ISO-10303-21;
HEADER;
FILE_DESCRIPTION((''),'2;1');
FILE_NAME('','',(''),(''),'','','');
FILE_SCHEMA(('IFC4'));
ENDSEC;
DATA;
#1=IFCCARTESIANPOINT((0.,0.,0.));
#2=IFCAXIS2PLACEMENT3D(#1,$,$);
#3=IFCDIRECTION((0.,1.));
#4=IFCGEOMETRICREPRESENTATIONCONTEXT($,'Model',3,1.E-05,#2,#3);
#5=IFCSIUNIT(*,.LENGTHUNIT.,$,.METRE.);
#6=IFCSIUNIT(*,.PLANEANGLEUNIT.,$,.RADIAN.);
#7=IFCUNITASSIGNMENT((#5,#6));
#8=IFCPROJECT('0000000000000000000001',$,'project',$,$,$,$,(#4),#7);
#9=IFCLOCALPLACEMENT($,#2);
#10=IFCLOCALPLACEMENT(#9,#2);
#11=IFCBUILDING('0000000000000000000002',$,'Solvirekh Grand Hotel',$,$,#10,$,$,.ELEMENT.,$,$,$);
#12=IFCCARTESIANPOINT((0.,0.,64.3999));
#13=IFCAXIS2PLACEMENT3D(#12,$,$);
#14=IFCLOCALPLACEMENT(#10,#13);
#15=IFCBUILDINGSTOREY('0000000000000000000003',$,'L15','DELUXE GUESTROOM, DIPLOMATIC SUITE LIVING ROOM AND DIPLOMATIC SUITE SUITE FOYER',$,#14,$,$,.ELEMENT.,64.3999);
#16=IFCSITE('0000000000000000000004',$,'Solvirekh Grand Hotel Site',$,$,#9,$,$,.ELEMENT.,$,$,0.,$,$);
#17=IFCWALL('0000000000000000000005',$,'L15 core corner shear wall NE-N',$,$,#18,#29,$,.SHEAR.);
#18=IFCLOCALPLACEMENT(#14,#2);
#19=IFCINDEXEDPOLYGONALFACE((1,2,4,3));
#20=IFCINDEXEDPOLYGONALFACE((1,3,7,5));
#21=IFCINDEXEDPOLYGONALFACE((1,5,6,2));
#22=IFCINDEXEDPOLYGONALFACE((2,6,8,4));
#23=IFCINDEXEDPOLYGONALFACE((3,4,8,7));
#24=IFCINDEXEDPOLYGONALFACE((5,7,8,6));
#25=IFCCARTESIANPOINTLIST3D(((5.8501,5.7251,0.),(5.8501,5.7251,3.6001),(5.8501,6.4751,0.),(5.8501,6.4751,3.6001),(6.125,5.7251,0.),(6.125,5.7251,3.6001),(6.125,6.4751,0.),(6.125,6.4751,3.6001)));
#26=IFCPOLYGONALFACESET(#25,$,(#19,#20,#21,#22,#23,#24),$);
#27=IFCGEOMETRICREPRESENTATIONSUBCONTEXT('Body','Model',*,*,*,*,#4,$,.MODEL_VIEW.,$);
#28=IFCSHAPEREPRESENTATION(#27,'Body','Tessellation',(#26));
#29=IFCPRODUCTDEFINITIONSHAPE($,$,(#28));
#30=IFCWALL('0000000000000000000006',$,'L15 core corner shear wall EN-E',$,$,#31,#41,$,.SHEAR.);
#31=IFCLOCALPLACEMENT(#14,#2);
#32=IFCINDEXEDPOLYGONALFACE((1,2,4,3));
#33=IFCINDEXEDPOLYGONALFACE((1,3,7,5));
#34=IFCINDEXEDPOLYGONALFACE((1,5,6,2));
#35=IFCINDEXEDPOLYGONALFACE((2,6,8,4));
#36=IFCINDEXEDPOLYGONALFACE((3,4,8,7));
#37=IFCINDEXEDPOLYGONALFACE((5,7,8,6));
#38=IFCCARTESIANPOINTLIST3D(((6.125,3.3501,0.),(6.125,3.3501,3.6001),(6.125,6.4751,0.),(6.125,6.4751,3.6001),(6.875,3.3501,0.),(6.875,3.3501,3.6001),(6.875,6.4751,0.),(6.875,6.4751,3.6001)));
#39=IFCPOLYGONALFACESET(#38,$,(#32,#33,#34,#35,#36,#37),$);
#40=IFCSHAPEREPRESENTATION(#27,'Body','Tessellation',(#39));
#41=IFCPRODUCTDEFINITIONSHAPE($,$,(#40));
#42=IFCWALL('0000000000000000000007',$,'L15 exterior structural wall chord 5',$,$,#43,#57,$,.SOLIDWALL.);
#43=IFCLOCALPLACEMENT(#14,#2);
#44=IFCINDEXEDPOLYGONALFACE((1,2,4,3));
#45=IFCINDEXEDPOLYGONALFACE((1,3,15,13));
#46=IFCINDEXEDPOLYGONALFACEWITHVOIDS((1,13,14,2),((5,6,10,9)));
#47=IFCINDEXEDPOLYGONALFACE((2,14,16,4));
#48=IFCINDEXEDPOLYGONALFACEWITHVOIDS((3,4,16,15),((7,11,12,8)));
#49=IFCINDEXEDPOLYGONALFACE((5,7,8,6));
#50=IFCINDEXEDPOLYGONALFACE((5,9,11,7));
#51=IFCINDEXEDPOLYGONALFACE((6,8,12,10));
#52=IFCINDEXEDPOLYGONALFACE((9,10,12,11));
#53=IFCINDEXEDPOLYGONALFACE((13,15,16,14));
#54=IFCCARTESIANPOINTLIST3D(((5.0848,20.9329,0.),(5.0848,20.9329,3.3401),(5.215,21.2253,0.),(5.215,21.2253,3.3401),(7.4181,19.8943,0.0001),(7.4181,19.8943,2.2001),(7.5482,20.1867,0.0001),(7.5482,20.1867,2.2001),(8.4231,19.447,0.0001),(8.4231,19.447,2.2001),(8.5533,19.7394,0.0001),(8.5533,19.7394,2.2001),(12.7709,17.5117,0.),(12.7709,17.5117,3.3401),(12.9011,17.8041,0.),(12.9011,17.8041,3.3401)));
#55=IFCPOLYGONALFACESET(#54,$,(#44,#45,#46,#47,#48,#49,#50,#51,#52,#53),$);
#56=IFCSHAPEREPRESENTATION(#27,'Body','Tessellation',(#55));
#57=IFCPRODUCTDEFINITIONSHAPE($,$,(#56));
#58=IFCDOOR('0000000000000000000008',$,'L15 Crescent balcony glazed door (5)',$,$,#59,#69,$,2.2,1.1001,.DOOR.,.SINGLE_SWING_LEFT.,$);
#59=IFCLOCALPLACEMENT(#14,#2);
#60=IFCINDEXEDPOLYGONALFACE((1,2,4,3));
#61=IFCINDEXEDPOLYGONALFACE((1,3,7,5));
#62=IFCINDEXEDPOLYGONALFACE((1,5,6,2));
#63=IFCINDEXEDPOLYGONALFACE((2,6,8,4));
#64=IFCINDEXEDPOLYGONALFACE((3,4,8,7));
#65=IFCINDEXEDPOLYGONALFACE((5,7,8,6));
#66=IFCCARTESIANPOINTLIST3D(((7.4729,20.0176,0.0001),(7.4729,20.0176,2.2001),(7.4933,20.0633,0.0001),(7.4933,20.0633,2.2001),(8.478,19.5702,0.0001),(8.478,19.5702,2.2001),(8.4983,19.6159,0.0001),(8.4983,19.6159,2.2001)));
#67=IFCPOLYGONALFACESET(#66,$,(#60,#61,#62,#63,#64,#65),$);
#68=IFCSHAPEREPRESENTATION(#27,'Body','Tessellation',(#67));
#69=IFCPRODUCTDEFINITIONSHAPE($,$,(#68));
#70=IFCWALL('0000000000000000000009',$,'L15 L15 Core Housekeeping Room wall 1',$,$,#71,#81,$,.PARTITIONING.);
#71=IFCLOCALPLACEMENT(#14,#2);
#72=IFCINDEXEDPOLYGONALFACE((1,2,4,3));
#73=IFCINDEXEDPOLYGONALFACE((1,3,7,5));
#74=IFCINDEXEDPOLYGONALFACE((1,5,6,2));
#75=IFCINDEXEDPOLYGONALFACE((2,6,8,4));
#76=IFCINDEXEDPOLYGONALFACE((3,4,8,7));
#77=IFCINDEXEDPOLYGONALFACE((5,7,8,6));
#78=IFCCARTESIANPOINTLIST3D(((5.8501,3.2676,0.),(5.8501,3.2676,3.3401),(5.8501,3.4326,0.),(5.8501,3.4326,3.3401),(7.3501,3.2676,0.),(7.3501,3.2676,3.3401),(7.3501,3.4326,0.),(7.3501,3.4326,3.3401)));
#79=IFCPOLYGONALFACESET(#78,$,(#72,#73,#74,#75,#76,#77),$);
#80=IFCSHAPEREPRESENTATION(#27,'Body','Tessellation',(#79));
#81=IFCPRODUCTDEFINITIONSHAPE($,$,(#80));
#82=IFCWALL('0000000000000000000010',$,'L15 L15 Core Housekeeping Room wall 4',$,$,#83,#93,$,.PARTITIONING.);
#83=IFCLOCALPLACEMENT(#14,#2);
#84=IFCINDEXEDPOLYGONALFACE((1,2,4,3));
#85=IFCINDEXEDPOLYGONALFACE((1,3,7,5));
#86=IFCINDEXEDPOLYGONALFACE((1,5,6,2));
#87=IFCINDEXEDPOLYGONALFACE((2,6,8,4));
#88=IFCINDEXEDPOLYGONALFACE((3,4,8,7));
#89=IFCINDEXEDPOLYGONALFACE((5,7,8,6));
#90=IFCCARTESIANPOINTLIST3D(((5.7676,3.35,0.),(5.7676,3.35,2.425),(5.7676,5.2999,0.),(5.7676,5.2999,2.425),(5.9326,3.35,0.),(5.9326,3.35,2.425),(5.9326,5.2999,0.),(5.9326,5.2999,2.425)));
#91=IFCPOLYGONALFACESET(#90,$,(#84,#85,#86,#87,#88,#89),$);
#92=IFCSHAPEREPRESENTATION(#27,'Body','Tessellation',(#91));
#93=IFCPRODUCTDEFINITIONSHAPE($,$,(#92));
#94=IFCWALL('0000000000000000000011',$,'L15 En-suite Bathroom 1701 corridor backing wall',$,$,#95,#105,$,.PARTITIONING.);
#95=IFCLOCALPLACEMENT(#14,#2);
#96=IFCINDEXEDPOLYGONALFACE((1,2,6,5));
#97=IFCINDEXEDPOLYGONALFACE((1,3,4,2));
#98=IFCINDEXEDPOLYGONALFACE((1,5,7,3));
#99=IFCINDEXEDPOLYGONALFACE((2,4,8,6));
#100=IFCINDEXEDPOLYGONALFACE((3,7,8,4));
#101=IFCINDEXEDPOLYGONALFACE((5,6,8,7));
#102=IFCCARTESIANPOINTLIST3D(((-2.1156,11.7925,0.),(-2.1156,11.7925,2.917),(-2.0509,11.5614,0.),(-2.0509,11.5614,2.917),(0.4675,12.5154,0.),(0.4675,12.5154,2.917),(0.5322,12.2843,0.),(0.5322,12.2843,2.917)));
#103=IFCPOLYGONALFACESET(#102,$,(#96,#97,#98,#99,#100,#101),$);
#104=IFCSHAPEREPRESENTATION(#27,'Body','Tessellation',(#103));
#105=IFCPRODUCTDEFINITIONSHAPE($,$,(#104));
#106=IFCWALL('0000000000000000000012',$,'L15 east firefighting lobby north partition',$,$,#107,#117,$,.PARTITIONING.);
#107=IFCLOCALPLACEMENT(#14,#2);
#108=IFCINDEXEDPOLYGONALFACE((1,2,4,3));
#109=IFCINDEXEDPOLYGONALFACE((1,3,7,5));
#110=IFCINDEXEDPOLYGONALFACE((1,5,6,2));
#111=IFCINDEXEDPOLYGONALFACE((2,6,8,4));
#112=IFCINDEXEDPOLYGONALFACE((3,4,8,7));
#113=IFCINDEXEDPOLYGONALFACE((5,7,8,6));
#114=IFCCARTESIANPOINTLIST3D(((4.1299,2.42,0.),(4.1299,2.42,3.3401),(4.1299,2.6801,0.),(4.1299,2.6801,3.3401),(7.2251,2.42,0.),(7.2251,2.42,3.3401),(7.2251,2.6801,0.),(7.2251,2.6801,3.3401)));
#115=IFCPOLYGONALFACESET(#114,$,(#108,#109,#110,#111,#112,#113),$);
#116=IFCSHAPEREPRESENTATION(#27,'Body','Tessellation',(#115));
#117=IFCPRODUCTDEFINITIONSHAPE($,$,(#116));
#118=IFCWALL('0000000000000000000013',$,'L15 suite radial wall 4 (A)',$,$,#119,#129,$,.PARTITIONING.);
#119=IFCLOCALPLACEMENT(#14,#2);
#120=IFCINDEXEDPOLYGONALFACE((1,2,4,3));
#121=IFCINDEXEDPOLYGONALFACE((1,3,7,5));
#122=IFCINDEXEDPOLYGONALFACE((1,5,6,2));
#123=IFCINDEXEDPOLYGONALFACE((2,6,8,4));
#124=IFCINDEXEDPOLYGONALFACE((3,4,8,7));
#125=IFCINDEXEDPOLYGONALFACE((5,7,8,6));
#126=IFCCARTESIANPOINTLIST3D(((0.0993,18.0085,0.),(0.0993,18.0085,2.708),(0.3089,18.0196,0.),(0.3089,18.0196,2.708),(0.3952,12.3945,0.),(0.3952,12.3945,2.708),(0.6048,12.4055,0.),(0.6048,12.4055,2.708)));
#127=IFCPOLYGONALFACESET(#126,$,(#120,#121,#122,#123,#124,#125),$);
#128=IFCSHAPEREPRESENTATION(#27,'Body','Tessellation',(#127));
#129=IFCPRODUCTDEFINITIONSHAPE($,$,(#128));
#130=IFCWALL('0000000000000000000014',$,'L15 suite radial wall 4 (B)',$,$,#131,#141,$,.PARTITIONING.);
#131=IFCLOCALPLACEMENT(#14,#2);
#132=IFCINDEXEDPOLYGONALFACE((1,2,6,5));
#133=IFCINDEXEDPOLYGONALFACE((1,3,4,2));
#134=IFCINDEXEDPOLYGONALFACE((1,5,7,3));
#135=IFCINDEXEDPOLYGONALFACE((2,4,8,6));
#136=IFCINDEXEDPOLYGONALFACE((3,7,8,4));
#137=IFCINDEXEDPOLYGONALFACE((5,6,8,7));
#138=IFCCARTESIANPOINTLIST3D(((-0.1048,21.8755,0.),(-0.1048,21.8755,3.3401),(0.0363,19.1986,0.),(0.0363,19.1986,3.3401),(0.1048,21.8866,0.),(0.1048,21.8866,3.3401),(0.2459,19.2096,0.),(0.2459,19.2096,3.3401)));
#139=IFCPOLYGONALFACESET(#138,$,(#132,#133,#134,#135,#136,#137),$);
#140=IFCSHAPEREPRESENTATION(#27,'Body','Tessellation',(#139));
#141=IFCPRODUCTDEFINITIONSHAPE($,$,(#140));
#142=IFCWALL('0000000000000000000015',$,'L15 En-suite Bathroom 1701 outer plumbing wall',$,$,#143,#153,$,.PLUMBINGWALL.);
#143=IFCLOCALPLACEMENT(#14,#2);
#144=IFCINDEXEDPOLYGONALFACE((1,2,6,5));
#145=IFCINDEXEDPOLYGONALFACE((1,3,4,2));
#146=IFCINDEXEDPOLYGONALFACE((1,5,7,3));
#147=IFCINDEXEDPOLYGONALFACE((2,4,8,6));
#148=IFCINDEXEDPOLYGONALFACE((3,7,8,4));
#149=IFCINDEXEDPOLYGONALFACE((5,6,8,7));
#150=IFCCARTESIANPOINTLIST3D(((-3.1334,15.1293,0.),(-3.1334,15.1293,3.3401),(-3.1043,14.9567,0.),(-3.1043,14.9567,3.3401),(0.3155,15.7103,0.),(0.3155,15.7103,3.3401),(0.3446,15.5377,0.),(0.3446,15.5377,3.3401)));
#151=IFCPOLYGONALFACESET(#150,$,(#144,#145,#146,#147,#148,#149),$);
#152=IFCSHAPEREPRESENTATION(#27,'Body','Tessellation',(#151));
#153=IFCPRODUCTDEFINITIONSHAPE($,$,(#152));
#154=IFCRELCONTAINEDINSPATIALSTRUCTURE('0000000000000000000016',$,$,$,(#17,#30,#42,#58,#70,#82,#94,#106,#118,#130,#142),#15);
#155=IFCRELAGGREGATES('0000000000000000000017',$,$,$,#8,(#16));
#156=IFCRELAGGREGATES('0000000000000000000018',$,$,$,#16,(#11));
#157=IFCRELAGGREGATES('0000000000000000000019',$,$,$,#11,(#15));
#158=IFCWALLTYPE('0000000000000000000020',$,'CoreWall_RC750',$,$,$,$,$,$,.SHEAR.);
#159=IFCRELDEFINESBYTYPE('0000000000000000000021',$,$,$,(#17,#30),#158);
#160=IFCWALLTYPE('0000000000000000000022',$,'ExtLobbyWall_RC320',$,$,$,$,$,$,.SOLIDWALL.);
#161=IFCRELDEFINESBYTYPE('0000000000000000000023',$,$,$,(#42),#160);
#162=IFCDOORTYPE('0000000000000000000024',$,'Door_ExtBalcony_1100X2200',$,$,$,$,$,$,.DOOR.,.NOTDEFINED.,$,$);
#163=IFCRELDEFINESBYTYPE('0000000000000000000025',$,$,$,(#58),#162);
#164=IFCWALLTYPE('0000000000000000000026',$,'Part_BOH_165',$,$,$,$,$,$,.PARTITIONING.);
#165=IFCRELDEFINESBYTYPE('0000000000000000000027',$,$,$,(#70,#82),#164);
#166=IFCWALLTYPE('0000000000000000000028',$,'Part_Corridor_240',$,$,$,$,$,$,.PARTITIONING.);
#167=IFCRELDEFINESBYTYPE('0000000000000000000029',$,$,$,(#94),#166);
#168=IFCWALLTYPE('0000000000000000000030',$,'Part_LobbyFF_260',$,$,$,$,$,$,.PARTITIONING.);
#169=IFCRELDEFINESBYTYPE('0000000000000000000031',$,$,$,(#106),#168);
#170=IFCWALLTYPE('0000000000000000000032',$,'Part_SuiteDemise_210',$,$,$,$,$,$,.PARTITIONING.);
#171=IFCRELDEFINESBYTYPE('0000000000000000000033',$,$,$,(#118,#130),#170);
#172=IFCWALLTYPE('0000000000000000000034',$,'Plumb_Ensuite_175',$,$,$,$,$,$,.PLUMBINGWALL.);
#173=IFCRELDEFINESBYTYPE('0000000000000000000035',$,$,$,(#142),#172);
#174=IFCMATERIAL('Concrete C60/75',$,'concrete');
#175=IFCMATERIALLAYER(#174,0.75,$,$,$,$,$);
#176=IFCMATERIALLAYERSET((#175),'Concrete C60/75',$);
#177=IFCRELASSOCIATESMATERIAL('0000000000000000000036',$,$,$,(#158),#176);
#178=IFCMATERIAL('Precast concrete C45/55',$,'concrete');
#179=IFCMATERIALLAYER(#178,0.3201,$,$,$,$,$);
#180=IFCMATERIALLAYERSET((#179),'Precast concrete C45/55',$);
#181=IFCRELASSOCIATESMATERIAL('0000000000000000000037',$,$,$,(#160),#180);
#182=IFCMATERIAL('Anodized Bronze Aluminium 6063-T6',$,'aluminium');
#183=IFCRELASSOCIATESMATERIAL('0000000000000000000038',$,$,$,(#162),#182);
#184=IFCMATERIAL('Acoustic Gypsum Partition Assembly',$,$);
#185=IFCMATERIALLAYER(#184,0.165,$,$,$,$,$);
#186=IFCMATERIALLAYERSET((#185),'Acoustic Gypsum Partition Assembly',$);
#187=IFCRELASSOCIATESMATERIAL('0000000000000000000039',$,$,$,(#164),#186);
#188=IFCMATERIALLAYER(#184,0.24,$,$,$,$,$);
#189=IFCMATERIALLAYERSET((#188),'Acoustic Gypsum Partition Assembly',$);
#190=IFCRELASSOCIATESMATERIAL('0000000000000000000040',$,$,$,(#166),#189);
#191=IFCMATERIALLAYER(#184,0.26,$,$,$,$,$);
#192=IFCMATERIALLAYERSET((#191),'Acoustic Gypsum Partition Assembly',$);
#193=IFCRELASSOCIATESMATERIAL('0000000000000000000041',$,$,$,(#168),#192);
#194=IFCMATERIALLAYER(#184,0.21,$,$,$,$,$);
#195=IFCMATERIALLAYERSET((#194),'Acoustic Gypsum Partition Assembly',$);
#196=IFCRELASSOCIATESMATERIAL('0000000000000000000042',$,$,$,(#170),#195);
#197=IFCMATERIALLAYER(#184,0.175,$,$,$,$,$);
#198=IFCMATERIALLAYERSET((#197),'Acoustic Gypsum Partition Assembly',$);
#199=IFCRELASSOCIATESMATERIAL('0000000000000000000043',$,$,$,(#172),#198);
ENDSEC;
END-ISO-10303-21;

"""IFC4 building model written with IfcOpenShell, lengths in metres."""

from ifc_helpers import new_model, si_unit, direction, frame, frame_2d, origin, place, context, subcontext, project, spatial, rectangle, extrude, material, layer, layer_set, type_object, element, fill, save


model = new_model("IFC4")

# Units and contexts
model_context = context("Model", 3, precision=1e-05, world=origin(), true_north=direction((0.0, 1.0)))
body_context = subcontext(model_context, "Body", "Model", "MODEL_VIEW")
ifc_project = project(units=[si_unit("LENGTHUNIT", "METRE"), si_unit("PLANEANGLEUNIT", "RADIAN")], contexts=[model_context])

# Site, building, storey
site_placement = place(None, origin())
site = spatial("IfcSite", under=ifc_project, at=site_placement, Name="Solvirekh Grand Hotel Site", CompositionType="ELEMENT", RefElevation=0.0)
building_placement = place(site_placement, origin())
building = spatial("IfcBuilding", under=site, at=building_placement, Name="Solvirekh Grand Hotel", CompositionType="ELEMENT")
storey_placement = place(building_placement, frame((0.0, 0.0, 64.3999)))
storey = spatial("IfcBuildingStorey", under=building, at=storey_placement, Name="L15", Description="DELUXE GUESTROOM, DIPLOMATIC SUITE LIVING ROOM AND DIPLOMATIC SUITE SUITE FOYER", CompositionType="ELEMENT", Elevation=64.3999)

# Shared definitions
ifc_material_1 = material(Name="Concrete C60/75", Category="concrete")

# Walls
ifc_layer_1 = layer(ifc_material_1, 0.75)
ifc_layer_set_1 = layer_set([ifc_layer_1], Name="Concrete C60/75")
wall_type_1 = type_object("IfcWallType", Name="CoreWall_RC750", PredefinedType="SHEAR", material=ifc_layer_set_1)
wall_1_placement = place(storey_placement, frame((5.8501, 6.1001, 0.0), z_axis=(0.0, 0.0, 1.0), x_axis=(1.0, 0.0, 0.0)))
element("IfcWall", 1, at=wall_1_placement, inside=storey, type_object=wall_type_1, Name="L15 core corner shear wall NE-N", PredefinedType="SHEAR", context=body_context, shape_type="SweptSolid", body=[
    extrude(rectangle(XDim=0.2749, YDim=0.75, at=frame_2d((0.1375, 0.0))), origin(), (0.0, 0.0, 1.0), 3.6001),
])
wall_2_placement = place(storey_placement, frame((6.5, 3.3501, 0.0), z_axis=(0.0, 0.0, 1.0), x_axis=(0.0, 1.0, 0.0)))
element("IfcWall", 2, at=wall_2_placement, inside=storey, type_object=wall_type_1, Name="L15 core corner shear wall EN-E", PredefinedType="SHEAR", context=body_context, shape_type="SweptSolid", body=[
    extrude(rectangle(XDim=3.125, YDim=0.75, at=frame_2d((1.5625, 0.0))), origin(), (0.0, 0.0, 1.0), 3.6001),
])

# Wall, opening, door
ifc_material_2 = material(Name="Precast concrete C45/55", Category="concrete")
ifc_layer_2 = layer(ifc_material_2, 0.3201)
ifc_layer_set_2 = layer_set([ifc_layer_2], Name="Precast concrete C45/55")
wall_type_2 = type_object("IfcWallType", Name="ExtLobbyWall_RC320", PredefinedType="SOLIDWALL", material=ifc_layer_set_2)
wall_3_placement = place(storey_placement, frame((5.1499, 21.0791, 0.0), z_axis=(0.0, 0.0, 1.0), x_axis=(0.913585, -0.406647, 0.0)))
wall_3 = element("IfcWall", 3, at=wall_3_placement, inside=storey, type_object=wall_type_2, Name="L15 exterior structural wall chord 5", PredefinedType="SOLIDWALL", context=body_context, shape_type="SweptSolid", body=[
    extrude(rectangle(XDim=8.4131, YDim=0.3201, at=frame_2d((4.2065, 0.0))), origin(), (0.0, 0.0, 1.0), 3.3401),
])
opening_placement = place(wall_3_placement, frame((2.554, 0.0, 0.0)))
opening = element("IfcOpeningElement", 4, at=opening_placement, cuts=wall_3, PredefinedType="OPENING", context=body_context, shape_type="SweptSolid", body=[
    extrude(rectangle(XDim=1.1001, YDim=2.2, at=frame_2d((0.55, 1.1001))), frame((0.0, 0.1699, 0.0), z_axis=(0.0, -1.0, 0.0), x_axis=(1.0, 0.0, 0.0)), (0.0, 0.0, 1.0), 0.3401),
])
ifc_material_3 = material(Name="Anodized Bronze Aluminium 6063-T6", Category="aluminium")
door_type = type_object("IfcDoorType", Name="Door_ExtBalcony_1100X2200", OperationType="NOTDEFINED", PredefinedType="DOOR", material=ifc_material_3)
door_placement = place(opening_placement, origin())
door = element("IfcDoor", 5, at=door_placement, inside=storey, type_object=door_type, Name="L15 Crescent balcony glazed door (5)", OperationType="SINGLE_SWING_LEFT", OverallHeight=2.2, OverallWidth=1.1001, PredefinedType="DOOR", context=body_context, shape_type="SweptSolid", body=[
    extrude(rectangle(XDim=1.1001, YDim=2.2, at=frame_2d((0.55, 1.1001))), frame((0.0, 0.0249, 0.0), z_axis=(0.0, -1.0, 0.0), x_axis=(1.0, 0.0, 0.0)), (0.0, 0.0, 1.0), 0.05),
])
fill(opening, door)

# Walls
ifc_material_4 = material(Name="Acoustic Gypsum Partition Assembly")
ifc_layer_3 = layer(ifc_material_4, 0.165)
ifc_layer_set_3 = layer_set([ifc_layer_3], Name="Acoustic Gypsum Partition Assembly")
wall_type_3 = type_object("IfcWallType", Name="Part_BOH_165", PredefinedType="PARTITIONING", material=ifc_layer_set_3)
wall_4_placement = place(storey_placement, frame((5.8501, 3.3501, 0.0), z_axis=(0.0, 0.0, 1.0), x_axis=(1.0, 0.0, 0.0)))
element("IfcWall", 6, at=wall_4_placement, inside=storey, type_object=wall_type_3, Name="L15 L15 Core Housekeeping Room wall 1", PredefinedType="PARTITIONING", context=body_context, shape_type="SweptSolid", body=[
    extrude(rectangle(XDim=1.5, YDim=0.165, at=frame_2d((0.75, 0.0))), origin(), (0.0, 0.0, 1.0), 3.3401),
])
wall_5_placement = place(storey_placement, frame((5.8501, 5.3, 0.0), z_axis=(0.0, 0.0, 1.0), x_axis=(0.0, -1.0, 0.0)))
element("IfcWall", 7, at=wall_5_placement, inside=storey, type_object=wall_type_3, Name="L15 L15 Core Housekeeping Room wall 4", PredefinedType="PARTITIONING", context=body_context, shape_type="SweptSolid", body=[
    extrude(rectangle(XDim=1.95, YDim=0.165, at=frame_2d((0.9751, 0.0))), origin(), (0.0, 0.0, 1.0), 2.425),
])
ifc_layer_4 = layer(ifc_material_4, 0.24)
ifc_layer_set_4 = layer_set([ifc_layer_4], Name="Acoustic Gypsum Partition Assembly")
wall_type_4 = type_object("IfcWallType", Name="Part_Corridor_240", PredefinedType="PARTITIONING", material=ifc_layer_set_4)
wall_6_placement = place(storey_placement, frame((0.5, 12.3999, 0.0), z_axis=(0.0, 0.0, 1.0), x_axis=(-0.962997, -0.269512, 0.0)))
element("IfcWall", 8, at=wall_6_placement, inside=storey, type_object=wall_type_4, Name="L15 En-suite Bathroom 1701 corridor backing wall", PredefinedType="PARTITIONING", context=body_context, shape_type="SweptSolid", body=[
    extrude(rectangle(XDim=2.6824, YDim=0.24, at=frame_2d((1.3413, 0.0))), origin(), (0.0, 0.0, 1.0), 2.917),
])
ifc_layer_5 = layer(ifc_material_4, 0.26)
ifc_layer_set_5 = layer_set([ifc_layer_5], Name="Acoustic Gypsum Partition Assembly")
wall_type_5 = type_object("IfcWallType", Name="Part_LobbyFF_260", PredefinedType="PARTITIONING", material=ifc_layer_set_5)
wall_7_placement = place(storey_placement, frame((4.1299, 2.55, 0.0), z_axis=(0.0, 0.0, 1.0), x_axis=(1.0, 0.0, 0.0)))
element("IfcWall", 9, at=wall_7_placement, inside=storey, type_object=wall_type_5, Name="L15 east firefighting lobby north partition", PredefinedType="PARTITIONING", context=body_context, shape_type="SweptSolid", body=[
    extrude(rectangle(XDim=3.0952, YDim=0.26, at=frame_2d((1.5476, 0.0))), origin(), (0.0, 0.0, 1.0), 3.3401),
])
ifc_layer_6 = layer(ifc_material_4, 0.21)
ifc_layer_set_6 = layer_set([ifc_layer_6], Name="Acoustic Gypsum Partition Assembly")
wall_type_6 = type_object("IfcWallType", Name="Part_SuiteDemise_210", PredefinedType="PARTITIONING", material=ifc_layer_set_6)
wall_8_placement = place(storey_placement, frame((0.5, 12.3999, 0.0), z_axis=(0.0, 0.0, 1.0), x_axis=(-0.052634, 0.998614, 0.0)))
element("IfcWall", 10, at=wall_8_placement, inside=storey, type_object=wall_type_6, Name="L15 suite radial wall 4 (A)", PredefinedType="PARTITIONING", context=body_context, shape_type="SweptSolid", body=[
    extrude(rectangle(XDim=5.6218, YDim=0.21, at=frame_2d((2.811, 0.0))), origin(), (0.0, 0.0, 1.0), 2.708),
])
wall_9_placement = place(storey_placement, frame((0.1411, 19.2041, 0.0), z_axis=(0.0, 0.0, 1.0), x_axis=(-0.05264, 0.998614, 0.0)))
element("IfcWall", 11, at=wall_9_placement, inside=storey, type_object=wall_type_6, Name="L15 suite radial wall 4 (B)", PredefinedType="PARTITIONING", context=body_context, shape_type="SweptSolid", body=[
    extrude(rectangle(XDim=2.6807, YDim=0.21, at=frame_2d((1.3403, 0.0))), origin(), (0.0, 0.0, 1.0), 3.3401),
])
ifc_layer_7 = layer(ifc_material_4, 0.175)
ifc_layer_set_7 = layer_set([ifc_layer_7], Name="Acoustic Gypsum Partition Assembly")
wall_type_7 = type_object("IfcWallType", Name="Plumb_Ensuite_175", PredefinedType="PLUMBINGWALL", material=ifc_layer_set_7)
wall_10_placement = place(storey_placement, frame((0.3301, 15.624, 0.0), z_axis=(0.0, 0.0, 1.0), x_axis=(-0.986104, -0.166131, 0.0)))
element("IfcWall", 12, at=wall_10_placement, inside=storey, type_object=wall_type_7, Name="L15 En-suite Bathroom 1701 outer plumbing wall", PredefinedType="PLUMBINGWALL", context=body_context, shape_type="SweptSolid", body=[
    extrude(rectangle(XDim=3.4976, YDim=0.175, at=frame_2d((1.7488, 0.0))), origin(), (0.0, 0.0, 1.0), 3.3401),
])

save(model, "model.ifc")
